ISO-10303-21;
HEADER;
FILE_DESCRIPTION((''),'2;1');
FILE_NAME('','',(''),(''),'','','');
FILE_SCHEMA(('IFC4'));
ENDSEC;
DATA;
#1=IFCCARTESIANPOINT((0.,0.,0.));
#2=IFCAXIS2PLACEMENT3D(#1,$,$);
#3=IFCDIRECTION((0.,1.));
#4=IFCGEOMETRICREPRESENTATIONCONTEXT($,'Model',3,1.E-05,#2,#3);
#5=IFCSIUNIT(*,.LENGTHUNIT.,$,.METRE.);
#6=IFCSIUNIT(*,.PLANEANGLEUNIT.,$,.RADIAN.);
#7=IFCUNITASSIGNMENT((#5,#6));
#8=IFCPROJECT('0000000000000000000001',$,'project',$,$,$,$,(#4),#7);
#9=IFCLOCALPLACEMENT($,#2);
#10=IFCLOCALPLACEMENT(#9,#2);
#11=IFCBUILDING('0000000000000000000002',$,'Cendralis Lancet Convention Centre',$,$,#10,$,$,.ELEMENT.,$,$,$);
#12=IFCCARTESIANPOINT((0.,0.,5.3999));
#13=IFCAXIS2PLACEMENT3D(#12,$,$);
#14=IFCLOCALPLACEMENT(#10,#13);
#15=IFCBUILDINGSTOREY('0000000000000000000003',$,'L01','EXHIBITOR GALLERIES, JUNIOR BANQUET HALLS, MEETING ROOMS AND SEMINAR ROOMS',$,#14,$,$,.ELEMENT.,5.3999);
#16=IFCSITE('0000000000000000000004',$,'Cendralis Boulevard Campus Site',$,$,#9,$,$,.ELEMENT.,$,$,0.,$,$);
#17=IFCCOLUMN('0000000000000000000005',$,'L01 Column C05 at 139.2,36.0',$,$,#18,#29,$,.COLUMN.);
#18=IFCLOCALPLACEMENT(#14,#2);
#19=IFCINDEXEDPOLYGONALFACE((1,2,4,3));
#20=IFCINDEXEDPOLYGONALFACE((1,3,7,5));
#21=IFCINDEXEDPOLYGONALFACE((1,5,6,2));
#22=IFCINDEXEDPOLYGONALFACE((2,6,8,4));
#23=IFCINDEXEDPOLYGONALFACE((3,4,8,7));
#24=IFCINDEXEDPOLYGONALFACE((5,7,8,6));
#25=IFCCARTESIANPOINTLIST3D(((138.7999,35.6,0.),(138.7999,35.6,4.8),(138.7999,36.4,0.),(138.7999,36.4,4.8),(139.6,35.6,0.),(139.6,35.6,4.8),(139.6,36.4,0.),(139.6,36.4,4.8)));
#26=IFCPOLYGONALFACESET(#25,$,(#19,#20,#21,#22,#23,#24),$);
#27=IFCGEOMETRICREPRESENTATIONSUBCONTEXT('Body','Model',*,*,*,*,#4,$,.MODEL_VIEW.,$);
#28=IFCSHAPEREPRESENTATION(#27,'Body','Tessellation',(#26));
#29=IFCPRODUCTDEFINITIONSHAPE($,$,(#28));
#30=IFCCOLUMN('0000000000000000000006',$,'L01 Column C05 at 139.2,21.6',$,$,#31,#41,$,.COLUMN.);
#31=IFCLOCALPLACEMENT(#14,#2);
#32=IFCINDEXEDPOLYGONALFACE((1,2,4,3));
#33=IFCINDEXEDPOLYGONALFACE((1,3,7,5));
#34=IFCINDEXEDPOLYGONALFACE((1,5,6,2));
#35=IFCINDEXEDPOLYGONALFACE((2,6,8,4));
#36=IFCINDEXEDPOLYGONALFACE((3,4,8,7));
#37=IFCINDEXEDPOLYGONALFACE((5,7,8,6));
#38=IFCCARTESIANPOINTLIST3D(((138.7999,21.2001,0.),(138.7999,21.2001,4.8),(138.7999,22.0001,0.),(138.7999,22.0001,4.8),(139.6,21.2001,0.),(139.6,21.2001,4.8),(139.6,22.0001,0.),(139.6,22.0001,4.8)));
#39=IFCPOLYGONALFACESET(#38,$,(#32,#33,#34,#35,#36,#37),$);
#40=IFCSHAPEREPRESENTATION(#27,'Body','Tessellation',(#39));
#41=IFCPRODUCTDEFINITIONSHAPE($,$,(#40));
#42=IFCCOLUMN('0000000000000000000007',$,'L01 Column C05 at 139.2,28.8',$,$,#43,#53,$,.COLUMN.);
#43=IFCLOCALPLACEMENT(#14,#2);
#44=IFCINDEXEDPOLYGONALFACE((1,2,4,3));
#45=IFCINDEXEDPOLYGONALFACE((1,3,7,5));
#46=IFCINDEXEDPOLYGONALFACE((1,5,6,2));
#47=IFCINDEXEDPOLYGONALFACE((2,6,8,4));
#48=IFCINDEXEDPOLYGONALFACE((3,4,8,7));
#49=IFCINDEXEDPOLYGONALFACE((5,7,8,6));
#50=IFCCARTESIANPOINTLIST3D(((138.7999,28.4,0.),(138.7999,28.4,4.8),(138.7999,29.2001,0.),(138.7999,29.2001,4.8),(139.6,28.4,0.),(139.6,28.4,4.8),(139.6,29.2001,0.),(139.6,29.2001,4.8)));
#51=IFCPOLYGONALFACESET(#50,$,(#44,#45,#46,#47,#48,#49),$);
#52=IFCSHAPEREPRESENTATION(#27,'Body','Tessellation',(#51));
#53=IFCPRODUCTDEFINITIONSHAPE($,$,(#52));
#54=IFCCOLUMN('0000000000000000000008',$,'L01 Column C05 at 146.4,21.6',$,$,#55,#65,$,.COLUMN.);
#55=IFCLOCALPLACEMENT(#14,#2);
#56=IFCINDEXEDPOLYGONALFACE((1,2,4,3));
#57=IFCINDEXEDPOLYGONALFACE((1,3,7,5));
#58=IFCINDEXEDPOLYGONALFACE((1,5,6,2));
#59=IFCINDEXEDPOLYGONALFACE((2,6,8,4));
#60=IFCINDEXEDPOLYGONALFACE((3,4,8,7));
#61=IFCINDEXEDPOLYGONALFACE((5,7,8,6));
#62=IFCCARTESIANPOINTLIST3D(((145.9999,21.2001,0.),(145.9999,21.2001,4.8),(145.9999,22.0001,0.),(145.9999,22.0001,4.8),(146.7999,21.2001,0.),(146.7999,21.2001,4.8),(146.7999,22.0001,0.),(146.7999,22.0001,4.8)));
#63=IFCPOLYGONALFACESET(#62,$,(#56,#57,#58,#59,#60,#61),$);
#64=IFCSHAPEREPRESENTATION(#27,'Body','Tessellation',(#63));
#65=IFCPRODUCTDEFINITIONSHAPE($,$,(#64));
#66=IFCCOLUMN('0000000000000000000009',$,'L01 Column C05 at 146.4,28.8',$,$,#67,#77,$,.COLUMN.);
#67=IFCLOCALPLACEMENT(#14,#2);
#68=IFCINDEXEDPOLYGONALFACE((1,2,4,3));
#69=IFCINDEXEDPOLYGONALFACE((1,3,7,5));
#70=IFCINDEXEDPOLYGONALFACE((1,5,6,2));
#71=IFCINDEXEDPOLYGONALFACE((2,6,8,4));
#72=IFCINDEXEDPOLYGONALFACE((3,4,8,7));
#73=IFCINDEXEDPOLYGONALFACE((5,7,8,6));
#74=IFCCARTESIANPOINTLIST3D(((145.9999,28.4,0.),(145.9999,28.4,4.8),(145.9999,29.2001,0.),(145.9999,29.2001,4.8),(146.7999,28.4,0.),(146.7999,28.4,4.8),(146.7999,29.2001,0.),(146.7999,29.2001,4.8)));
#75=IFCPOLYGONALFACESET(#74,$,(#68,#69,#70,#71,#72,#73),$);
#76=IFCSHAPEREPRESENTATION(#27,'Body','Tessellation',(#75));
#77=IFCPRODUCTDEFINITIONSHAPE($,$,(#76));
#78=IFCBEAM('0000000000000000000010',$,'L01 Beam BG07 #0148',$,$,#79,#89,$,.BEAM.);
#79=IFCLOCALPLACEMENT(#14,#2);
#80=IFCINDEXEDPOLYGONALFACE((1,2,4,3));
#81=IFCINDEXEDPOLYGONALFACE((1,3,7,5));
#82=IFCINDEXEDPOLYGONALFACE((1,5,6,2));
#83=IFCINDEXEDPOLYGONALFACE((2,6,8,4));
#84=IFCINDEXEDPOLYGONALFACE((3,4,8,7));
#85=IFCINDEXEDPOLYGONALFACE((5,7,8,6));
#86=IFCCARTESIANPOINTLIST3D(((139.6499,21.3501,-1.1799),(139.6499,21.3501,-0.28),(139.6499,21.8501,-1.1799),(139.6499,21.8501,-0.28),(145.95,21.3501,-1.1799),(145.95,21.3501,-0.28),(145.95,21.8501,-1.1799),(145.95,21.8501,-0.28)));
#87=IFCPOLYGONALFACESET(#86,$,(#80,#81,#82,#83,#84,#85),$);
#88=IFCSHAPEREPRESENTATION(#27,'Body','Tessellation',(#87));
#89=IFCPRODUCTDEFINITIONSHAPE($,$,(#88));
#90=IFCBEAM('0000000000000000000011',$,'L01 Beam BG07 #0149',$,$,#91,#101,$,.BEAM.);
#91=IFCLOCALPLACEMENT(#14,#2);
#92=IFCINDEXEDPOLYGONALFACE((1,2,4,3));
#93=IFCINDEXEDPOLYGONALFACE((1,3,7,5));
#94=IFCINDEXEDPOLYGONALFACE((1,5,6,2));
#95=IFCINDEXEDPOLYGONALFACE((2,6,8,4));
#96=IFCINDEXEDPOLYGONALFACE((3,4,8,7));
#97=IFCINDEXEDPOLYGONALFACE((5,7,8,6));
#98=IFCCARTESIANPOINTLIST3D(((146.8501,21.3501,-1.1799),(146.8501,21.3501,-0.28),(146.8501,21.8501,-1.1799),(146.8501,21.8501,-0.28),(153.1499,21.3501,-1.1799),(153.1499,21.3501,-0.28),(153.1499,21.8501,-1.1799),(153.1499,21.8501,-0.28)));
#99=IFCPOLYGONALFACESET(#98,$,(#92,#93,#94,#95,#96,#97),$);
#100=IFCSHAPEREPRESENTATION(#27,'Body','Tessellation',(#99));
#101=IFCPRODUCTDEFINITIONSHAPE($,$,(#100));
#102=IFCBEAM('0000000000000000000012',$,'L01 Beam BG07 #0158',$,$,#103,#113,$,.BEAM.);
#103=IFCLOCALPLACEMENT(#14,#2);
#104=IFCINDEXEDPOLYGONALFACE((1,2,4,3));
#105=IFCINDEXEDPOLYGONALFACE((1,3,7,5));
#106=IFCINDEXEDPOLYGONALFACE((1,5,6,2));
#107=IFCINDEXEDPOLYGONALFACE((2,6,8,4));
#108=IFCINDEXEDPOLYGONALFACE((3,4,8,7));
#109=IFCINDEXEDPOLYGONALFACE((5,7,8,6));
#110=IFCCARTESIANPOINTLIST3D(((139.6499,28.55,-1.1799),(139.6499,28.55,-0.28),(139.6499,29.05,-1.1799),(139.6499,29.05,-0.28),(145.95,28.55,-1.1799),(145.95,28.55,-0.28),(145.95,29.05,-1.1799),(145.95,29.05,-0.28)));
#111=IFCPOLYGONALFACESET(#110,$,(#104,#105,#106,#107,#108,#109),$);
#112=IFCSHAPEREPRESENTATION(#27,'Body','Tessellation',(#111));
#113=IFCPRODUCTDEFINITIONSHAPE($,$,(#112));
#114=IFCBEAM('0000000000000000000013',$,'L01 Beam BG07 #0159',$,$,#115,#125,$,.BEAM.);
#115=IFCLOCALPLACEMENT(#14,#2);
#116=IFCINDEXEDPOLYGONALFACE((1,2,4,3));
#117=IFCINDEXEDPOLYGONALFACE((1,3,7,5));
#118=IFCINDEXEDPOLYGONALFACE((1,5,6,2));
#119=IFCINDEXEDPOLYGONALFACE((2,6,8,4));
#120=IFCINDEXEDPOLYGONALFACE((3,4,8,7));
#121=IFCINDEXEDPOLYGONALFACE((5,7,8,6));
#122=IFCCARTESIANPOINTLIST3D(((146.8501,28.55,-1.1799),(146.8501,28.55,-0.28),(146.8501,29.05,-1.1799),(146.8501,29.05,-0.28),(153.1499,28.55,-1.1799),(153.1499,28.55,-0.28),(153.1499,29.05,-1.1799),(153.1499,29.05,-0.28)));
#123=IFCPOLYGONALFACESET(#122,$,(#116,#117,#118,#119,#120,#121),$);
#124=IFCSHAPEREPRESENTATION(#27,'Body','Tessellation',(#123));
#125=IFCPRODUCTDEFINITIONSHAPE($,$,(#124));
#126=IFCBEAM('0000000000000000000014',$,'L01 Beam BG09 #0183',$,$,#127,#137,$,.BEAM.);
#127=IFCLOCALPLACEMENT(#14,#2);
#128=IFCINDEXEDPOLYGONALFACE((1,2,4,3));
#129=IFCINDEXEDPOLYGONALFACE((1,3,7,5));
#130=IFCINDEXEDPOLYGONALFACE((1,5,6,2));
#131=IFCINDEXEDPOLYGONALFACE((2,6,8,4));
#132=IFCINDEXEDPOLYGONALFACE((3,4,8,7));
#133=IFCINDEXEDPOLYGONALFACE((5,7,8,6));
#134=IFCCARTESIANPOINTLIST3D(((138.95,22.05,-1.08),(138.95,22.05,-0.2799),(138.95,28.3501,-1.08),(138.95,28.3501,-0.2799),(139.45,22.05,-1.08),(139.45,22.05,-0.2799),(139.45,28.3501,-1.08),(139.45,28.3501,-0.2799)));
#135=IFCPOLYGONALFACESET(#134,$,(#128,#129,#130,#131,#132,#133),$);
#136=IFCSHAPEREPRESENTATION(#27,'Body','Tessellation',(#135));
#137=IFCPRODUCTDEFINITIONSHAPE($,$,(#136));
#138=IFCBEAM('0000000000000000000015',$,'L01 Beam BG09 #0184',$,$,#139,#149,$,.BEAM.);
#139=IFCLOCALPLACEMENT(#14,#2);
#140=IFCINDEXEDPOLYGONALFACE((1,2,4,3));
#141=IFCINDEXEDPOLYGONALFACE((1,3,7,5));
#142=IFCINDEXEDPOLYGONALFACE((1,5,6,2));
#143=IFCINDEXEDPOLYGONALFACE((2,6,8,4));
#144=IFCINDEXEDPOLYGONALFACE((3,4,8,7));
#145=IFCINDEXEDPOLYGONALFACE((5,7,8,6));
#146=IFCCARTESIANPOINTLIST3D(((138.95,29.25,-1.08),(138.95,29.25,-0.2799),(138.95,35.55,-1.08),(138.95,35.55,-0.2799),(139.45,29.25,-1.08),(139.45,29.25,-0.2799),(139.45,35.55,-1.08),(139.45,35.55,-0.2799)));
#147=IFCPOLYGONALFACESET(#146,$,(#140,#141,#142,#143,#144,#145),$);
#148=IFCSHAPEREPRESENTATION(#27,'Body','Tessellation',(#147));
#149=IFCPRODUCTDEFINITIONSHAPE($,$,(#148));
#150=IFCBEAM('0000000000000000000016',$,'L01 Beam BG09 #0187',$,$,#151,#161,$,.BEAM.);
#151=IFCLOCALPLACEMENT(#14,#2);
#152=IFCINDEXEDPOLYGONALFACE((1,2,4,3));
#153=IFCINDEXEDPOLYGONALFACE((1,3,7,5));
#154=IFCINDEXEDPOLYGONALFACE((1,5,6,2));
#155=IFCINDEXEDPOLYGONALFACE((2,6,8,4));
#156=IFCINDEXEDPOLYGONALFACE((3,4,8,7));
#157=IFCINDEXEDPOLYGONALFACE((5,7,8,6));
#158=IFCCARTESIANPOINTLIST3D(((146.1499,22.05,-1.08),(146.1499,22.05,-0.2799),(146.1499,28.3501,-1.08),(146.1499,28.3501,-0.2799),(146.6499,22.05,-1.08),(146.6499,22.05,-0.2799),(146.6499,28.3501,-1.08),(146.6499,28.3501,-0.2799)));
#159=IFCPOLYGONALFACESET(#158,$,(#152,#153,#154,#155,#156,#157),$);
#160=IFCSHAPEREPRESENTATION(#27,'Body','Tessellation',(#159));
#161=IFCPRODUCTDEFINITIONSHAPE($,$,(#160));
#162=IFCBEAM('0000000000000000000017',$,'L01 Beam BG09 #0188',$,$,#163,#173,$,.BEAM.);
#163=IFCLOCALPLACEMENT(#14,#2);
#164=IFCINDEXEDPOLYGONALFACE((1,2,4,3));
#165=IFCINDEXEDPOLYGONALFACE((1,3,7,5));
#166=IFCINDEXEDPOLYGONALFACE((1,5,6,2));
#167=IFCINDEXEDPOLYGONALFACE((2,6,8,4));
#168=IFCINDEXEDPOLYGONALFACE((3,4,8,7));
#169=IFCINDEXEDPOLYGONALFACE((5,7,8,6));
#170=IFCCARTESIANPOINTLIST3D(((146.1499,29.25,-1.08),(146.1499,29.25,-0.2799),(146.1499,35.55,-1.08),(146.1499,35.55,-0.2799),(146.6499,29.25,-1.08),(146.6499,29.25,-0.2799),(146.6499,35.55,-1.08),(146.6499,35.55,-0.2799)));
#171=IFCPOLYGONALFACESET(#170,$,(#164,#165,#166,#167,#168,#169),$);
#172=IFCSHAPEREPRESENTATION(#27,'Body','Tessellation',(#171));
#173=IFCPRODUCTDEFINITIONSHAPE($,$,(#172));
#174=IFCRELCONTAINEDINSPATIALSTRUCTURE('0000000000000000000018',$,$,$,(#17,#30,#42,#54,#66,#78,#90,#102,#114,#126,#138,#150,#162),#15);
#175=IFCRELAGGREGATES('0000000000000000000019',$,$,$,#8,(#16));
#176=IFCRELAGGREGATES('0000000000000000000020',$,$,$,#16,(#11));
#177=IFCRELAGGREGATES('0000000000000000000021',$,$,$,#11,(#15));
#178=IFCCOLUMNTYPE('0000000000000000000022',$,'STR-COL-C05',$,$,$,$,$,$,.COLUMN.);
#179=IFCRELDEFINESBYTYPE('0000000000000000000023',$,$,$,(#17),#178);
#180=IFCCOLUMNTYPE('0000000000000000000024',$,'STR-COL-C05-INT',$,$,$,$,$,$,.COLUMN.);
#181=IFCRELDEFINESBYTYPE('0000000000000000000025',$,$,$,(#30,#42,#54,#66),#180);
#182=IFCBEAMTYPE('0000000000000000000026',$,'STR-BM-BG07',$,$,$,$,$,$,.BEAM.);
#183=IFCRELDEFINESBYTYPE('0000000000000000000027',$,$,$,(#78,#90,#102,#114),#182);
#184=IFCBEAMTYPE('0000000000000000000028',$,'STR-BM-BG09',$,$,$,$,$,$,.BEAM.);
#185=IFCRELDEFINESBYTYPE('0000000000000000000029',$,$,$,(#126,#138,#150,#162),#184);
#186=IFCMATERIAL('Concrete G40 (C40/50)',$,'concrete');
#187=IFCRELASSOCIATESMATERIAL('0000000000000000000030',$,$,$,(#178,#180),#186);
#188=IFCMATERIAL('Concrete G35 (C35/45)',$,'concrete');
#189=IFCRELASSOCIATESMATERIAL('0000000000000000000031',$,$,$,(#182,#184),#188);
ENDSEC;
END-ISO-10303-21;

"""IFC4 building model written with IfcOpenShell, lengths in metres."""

from ifc_helpers import new_model, si_unit, direction, frame, origin, origin_2d, place, context, subcontext, project, spatial, rectangle, extrude, material, material_profile, profile_set, type_object, element, save


model = new_model("IFC4")

# Units and contexts
model_context = context("Model", 3, precision=1e-05, world=origin(), true_north=direction((0.0, 1.0)))
body_context = subcontext(model_context, "Body", "Model", "MODEL_VIEW")
ifc_project = project(units=[si_unit("LENGTHUNIT", "METRE"), si_unit("PLANEANGLEUNIT", "RADIAN")], contexts=[model_context])

# Site, building, storey
site_placement = place(None, origin())
site = spatial("IfcSite", under=ifc_project, at=site_placement, Name="Cendralis Boulevard Campus Site", CompositionType="ELEMENT", RefElevation=0.0)
building_placement = place(site_placement, origin())
building = spatial("IfcBuilding", under=site, at=building_placement, Name="Cendralis Lancet Convention Centre", CompositionType="ELEMENT")
storey_placement = place(building_placement, frame((0.0, 0.0, 5.3999)))
storey = spatial("IfcBuildingStorey", under=building, at=storey_placement, Name="L01", Description="EXHIBITOR GALLERIES, JUNIOR BANQUET HALLS, MEETING ROOMS AND SEMINAR ROOMS", CompositionType="ELEMENT", Elevation=5.3999)

# Columns
ifc_material_1 = material(Name="Concrete G40 (C40/50)", Category="concrete")
ifc_material_profile_1 = material_profile(ifc_material_1, rectangle(XDim=0.8, YDim=0.8, at=origin_2d()), Name="RC 800x800")
ifc_profile_set_1 = profile_set([ifc_material_profile_1], Name="Concrete G40 (C40/50)")
column_type_1 = type_object("IfcColumnType", Name="STR-COL-C05", PredefinedType="COLUMN", material=ifc_profile_set_1)
column_placement = place(storey_placement, frame((139.2, 36.0, 0.0), z_axis=(0.0, 0.0, 1.0), x_axis=(1.0, 0.0, 0.0)))
element("IfcColumn", 1, at=column_placement, inside=storey, type_object=column_type_1, Name="L01 Column C05 at 139.2,36.0", PredefinedType="COLUMN", context=body_context, shape_type="SweptSolid", body=[
    extrude(rectangle(XDim=0.8, YDim=0.8, at=origin_2d()), origin(), (0.0, 0.0, 1.0), 4.8),
])
ifc_material_profile_2 = material_profile(ifc_material_1, rectangle(XDim=0.8, YDim=0.8, at=origin_2d()), Name="RC 800x800")
ifc_profile_set_2 = profile_set([ifc_material_profile_2], Name="Concrete G40 (C40/50)")
column_type_2 = type_object("IfcColumnType", Name="STR-COL-C05-INT", PredefinedType="COLUMN", material=ifc_profile_set_2)
for number, where, z_axis, x_axis, name in (
    (2, (139.2, 21.6001, 0.0), (0.0, 0.0, 1.0), (1.0, 0.0, 0.0), "L01 Column C05 at 139.2,21.6"),
    (3, (139.2, 28.8, 0.0), (0.0, 0.0, 1.0), (1.0, 0.0, 0.0), "L01 Column C05 at 139.2,28.8"),
    (4, (146.3999, 21.6001, 0.0), (0.0, 0.0, 1.0), (1.0, 0.0, 0.0), "L01 Column C05 at 146.4,21.6"),
    (5, (146.3999, 28.8, 0.0), (0.0, 0.0, 1.0), (1.0, 0.0, 0.0), "L01 Column C05 at 146.4,28.8"),
):
    element("IfcColumn", number, at=place(storey_placement, frame(where, z_axis=z_axis, x_axis=x_axis)), inside=storey, type_object=column_type_2, Name=name, PredefinedType="COLUMN", context=body_context, shape_type="SweptSolid", body=[
        extrude(rectangle(XDim=0.8, YDim=0.8, at=origin_2d()), origin(), (0.0, 0.0, 1.0), 4.8),
    ])

# Beams
ifc_material_2 = material(Name="Concrete G35 (C35/45)", Category="concrete")
ifc_material_profile_3 = material_profile(ifc_material_2, rectangle(XDim=0.5, YDim=0.8999, at=origin_2d()), Name="RCB 500x900")
ifc_profile_set_3 = profile_set([ifc_material_profile_3], Name="Concrete G35 (C35/45)")
beam_type_1 = type_object("IfcBeamType", Name="STR-BM-BG07", PredefinedType="BEAM", material=ifc_profile_set_3)
beam_1_placement = place(storey_placement, frame((139.6499, 21.6001, -0.73), z_axis=(1.0, 0.0, 0.0), x_axis=(0.0, 1.0, 0.0)))
element("IfcBeam", 6, at=beam_1_placement, inside=storey, type_object=beam_type_1, Name="L01 Beam BG07 #0148", PredefinedType="BEAM", context=body_context, shape_type="SweptSolid", body=[
    extrude(rectangle(XDim=0.5, YDim=0.8999, at=origin_2d()), origin(), (0.0, 0.0, 1.0), 6.3),
])
beam_2_placement = place(storey_placement, frame((146.8501, 21.6001, -0.73), z_axis=(1.0, 0.0, 0.0), x_axis=(0.0, 1.0, 0.0)))
element("IfcBeam", 7, at=beam_2_placement, inside=storey, type_object=beam_type_1, Name="L01 Beam BG07 #0149", PredefinedType="BEAM", context=body_context, shape_type="SweptSolid", body=[
    extrude(rectangle(XDim=0.5, YDim=0.8999, at=origin_2d()), origin(), (0.0, 0.0, 1.0), 6.2998),
])
beam_3_placement = place(storey_placement, frame((139.6499, 28.8, -0.73), z_axis=(1.0, 0.0, 0.0), x_axis=(0.0, 1.0, 0.0)))
element("IfcBeam", 8, at=beam_3_placement, inside=storey, type_object=beam_type_1, Name="L01 Beam BG07 #0158", PredefinedType="BEAM", context=body_context, shape_type="SweptSolid", body=[
    extrude(rectangle(XDim=0.5, YDim=0.8999, at=origin_2d()), origin(), (0.0, 0.0, 1.0), 6.3),
])
beam_4_placement = place(storey_placement, frame((146.8501, 28.8, -0.73), z_axis=(1.0, 0.0, 0.0), x_axis=(0.0, 1.0, 0.0)))
element("IfcBeam", 9, at=beam_4_placement, inside=storey, type_object=beam_type_1, Name="L01 Beam BG07 #0159", PredefinedType="BEAM", context=body_context, shape_type="SweptSolid", body=[
    extrude(rectangle(XDim=0.5, YDim=0.8999, at=origin_2d()), origin(), (0.0, 0.0, 1.0), 6.2998),
])
ifc_material_profile_4 = material_profile(ifc_material_2, rectangle(XDim=0.5, YDim=0.8, at=origin_2d()), Name="RCB 500x800")
ifc_profile_set_4 = profile_set([ifc_material_profile_4], Name="Concrete G35 (C35/45)")
beam_type_2 = type_object("IfcBeamType", Name="STR-BM-BG09", PredefinedType="BEAM", material=ifc_profile_set_4)
for number, where, z_axis, x_axis, name in (
    (10, (139.2, 22.05, -0.6799), (0.0, 1.0, 0.0), (-1.0, 0.0, 0.0), "L01 Beam BG09 #0183"),
    (11, (139.2, 29.25, -0.6799), (0.0, 1.0, 0.0), (-1.0, 0.0, 0.0), "L01 Beam BG09 #0184"),
    (12, (146.3999, 22.05, -0.6799), (0.0, 1.0, 0.0), (-1.0, 0.0, 0.0), "L01 Beam BG09 #0187"),
    (13, (146.3999, 29.25, -0.6799), (0.0, 1.0, 0.0), (-1.0, 0.0, 0.0), "L01 Beam BG09 #0188"),
):
    element("IfcBeam", number, at=place(storey_placement, frame(where, z_axis=z_axis, x_axis=x_axis)), inside=storey, type_object=beam_type_2, Name=name, PredefinedType="BEAM", context=body_context, shape_type="SweptSolid", body=[
        extrude(rectangle(XDim=0.5, YDim=0.8, at=origin_2d()), origin(), (0.0, 0.0, 1.0), 6.3),
    ])

save(model, "model.ifc")
